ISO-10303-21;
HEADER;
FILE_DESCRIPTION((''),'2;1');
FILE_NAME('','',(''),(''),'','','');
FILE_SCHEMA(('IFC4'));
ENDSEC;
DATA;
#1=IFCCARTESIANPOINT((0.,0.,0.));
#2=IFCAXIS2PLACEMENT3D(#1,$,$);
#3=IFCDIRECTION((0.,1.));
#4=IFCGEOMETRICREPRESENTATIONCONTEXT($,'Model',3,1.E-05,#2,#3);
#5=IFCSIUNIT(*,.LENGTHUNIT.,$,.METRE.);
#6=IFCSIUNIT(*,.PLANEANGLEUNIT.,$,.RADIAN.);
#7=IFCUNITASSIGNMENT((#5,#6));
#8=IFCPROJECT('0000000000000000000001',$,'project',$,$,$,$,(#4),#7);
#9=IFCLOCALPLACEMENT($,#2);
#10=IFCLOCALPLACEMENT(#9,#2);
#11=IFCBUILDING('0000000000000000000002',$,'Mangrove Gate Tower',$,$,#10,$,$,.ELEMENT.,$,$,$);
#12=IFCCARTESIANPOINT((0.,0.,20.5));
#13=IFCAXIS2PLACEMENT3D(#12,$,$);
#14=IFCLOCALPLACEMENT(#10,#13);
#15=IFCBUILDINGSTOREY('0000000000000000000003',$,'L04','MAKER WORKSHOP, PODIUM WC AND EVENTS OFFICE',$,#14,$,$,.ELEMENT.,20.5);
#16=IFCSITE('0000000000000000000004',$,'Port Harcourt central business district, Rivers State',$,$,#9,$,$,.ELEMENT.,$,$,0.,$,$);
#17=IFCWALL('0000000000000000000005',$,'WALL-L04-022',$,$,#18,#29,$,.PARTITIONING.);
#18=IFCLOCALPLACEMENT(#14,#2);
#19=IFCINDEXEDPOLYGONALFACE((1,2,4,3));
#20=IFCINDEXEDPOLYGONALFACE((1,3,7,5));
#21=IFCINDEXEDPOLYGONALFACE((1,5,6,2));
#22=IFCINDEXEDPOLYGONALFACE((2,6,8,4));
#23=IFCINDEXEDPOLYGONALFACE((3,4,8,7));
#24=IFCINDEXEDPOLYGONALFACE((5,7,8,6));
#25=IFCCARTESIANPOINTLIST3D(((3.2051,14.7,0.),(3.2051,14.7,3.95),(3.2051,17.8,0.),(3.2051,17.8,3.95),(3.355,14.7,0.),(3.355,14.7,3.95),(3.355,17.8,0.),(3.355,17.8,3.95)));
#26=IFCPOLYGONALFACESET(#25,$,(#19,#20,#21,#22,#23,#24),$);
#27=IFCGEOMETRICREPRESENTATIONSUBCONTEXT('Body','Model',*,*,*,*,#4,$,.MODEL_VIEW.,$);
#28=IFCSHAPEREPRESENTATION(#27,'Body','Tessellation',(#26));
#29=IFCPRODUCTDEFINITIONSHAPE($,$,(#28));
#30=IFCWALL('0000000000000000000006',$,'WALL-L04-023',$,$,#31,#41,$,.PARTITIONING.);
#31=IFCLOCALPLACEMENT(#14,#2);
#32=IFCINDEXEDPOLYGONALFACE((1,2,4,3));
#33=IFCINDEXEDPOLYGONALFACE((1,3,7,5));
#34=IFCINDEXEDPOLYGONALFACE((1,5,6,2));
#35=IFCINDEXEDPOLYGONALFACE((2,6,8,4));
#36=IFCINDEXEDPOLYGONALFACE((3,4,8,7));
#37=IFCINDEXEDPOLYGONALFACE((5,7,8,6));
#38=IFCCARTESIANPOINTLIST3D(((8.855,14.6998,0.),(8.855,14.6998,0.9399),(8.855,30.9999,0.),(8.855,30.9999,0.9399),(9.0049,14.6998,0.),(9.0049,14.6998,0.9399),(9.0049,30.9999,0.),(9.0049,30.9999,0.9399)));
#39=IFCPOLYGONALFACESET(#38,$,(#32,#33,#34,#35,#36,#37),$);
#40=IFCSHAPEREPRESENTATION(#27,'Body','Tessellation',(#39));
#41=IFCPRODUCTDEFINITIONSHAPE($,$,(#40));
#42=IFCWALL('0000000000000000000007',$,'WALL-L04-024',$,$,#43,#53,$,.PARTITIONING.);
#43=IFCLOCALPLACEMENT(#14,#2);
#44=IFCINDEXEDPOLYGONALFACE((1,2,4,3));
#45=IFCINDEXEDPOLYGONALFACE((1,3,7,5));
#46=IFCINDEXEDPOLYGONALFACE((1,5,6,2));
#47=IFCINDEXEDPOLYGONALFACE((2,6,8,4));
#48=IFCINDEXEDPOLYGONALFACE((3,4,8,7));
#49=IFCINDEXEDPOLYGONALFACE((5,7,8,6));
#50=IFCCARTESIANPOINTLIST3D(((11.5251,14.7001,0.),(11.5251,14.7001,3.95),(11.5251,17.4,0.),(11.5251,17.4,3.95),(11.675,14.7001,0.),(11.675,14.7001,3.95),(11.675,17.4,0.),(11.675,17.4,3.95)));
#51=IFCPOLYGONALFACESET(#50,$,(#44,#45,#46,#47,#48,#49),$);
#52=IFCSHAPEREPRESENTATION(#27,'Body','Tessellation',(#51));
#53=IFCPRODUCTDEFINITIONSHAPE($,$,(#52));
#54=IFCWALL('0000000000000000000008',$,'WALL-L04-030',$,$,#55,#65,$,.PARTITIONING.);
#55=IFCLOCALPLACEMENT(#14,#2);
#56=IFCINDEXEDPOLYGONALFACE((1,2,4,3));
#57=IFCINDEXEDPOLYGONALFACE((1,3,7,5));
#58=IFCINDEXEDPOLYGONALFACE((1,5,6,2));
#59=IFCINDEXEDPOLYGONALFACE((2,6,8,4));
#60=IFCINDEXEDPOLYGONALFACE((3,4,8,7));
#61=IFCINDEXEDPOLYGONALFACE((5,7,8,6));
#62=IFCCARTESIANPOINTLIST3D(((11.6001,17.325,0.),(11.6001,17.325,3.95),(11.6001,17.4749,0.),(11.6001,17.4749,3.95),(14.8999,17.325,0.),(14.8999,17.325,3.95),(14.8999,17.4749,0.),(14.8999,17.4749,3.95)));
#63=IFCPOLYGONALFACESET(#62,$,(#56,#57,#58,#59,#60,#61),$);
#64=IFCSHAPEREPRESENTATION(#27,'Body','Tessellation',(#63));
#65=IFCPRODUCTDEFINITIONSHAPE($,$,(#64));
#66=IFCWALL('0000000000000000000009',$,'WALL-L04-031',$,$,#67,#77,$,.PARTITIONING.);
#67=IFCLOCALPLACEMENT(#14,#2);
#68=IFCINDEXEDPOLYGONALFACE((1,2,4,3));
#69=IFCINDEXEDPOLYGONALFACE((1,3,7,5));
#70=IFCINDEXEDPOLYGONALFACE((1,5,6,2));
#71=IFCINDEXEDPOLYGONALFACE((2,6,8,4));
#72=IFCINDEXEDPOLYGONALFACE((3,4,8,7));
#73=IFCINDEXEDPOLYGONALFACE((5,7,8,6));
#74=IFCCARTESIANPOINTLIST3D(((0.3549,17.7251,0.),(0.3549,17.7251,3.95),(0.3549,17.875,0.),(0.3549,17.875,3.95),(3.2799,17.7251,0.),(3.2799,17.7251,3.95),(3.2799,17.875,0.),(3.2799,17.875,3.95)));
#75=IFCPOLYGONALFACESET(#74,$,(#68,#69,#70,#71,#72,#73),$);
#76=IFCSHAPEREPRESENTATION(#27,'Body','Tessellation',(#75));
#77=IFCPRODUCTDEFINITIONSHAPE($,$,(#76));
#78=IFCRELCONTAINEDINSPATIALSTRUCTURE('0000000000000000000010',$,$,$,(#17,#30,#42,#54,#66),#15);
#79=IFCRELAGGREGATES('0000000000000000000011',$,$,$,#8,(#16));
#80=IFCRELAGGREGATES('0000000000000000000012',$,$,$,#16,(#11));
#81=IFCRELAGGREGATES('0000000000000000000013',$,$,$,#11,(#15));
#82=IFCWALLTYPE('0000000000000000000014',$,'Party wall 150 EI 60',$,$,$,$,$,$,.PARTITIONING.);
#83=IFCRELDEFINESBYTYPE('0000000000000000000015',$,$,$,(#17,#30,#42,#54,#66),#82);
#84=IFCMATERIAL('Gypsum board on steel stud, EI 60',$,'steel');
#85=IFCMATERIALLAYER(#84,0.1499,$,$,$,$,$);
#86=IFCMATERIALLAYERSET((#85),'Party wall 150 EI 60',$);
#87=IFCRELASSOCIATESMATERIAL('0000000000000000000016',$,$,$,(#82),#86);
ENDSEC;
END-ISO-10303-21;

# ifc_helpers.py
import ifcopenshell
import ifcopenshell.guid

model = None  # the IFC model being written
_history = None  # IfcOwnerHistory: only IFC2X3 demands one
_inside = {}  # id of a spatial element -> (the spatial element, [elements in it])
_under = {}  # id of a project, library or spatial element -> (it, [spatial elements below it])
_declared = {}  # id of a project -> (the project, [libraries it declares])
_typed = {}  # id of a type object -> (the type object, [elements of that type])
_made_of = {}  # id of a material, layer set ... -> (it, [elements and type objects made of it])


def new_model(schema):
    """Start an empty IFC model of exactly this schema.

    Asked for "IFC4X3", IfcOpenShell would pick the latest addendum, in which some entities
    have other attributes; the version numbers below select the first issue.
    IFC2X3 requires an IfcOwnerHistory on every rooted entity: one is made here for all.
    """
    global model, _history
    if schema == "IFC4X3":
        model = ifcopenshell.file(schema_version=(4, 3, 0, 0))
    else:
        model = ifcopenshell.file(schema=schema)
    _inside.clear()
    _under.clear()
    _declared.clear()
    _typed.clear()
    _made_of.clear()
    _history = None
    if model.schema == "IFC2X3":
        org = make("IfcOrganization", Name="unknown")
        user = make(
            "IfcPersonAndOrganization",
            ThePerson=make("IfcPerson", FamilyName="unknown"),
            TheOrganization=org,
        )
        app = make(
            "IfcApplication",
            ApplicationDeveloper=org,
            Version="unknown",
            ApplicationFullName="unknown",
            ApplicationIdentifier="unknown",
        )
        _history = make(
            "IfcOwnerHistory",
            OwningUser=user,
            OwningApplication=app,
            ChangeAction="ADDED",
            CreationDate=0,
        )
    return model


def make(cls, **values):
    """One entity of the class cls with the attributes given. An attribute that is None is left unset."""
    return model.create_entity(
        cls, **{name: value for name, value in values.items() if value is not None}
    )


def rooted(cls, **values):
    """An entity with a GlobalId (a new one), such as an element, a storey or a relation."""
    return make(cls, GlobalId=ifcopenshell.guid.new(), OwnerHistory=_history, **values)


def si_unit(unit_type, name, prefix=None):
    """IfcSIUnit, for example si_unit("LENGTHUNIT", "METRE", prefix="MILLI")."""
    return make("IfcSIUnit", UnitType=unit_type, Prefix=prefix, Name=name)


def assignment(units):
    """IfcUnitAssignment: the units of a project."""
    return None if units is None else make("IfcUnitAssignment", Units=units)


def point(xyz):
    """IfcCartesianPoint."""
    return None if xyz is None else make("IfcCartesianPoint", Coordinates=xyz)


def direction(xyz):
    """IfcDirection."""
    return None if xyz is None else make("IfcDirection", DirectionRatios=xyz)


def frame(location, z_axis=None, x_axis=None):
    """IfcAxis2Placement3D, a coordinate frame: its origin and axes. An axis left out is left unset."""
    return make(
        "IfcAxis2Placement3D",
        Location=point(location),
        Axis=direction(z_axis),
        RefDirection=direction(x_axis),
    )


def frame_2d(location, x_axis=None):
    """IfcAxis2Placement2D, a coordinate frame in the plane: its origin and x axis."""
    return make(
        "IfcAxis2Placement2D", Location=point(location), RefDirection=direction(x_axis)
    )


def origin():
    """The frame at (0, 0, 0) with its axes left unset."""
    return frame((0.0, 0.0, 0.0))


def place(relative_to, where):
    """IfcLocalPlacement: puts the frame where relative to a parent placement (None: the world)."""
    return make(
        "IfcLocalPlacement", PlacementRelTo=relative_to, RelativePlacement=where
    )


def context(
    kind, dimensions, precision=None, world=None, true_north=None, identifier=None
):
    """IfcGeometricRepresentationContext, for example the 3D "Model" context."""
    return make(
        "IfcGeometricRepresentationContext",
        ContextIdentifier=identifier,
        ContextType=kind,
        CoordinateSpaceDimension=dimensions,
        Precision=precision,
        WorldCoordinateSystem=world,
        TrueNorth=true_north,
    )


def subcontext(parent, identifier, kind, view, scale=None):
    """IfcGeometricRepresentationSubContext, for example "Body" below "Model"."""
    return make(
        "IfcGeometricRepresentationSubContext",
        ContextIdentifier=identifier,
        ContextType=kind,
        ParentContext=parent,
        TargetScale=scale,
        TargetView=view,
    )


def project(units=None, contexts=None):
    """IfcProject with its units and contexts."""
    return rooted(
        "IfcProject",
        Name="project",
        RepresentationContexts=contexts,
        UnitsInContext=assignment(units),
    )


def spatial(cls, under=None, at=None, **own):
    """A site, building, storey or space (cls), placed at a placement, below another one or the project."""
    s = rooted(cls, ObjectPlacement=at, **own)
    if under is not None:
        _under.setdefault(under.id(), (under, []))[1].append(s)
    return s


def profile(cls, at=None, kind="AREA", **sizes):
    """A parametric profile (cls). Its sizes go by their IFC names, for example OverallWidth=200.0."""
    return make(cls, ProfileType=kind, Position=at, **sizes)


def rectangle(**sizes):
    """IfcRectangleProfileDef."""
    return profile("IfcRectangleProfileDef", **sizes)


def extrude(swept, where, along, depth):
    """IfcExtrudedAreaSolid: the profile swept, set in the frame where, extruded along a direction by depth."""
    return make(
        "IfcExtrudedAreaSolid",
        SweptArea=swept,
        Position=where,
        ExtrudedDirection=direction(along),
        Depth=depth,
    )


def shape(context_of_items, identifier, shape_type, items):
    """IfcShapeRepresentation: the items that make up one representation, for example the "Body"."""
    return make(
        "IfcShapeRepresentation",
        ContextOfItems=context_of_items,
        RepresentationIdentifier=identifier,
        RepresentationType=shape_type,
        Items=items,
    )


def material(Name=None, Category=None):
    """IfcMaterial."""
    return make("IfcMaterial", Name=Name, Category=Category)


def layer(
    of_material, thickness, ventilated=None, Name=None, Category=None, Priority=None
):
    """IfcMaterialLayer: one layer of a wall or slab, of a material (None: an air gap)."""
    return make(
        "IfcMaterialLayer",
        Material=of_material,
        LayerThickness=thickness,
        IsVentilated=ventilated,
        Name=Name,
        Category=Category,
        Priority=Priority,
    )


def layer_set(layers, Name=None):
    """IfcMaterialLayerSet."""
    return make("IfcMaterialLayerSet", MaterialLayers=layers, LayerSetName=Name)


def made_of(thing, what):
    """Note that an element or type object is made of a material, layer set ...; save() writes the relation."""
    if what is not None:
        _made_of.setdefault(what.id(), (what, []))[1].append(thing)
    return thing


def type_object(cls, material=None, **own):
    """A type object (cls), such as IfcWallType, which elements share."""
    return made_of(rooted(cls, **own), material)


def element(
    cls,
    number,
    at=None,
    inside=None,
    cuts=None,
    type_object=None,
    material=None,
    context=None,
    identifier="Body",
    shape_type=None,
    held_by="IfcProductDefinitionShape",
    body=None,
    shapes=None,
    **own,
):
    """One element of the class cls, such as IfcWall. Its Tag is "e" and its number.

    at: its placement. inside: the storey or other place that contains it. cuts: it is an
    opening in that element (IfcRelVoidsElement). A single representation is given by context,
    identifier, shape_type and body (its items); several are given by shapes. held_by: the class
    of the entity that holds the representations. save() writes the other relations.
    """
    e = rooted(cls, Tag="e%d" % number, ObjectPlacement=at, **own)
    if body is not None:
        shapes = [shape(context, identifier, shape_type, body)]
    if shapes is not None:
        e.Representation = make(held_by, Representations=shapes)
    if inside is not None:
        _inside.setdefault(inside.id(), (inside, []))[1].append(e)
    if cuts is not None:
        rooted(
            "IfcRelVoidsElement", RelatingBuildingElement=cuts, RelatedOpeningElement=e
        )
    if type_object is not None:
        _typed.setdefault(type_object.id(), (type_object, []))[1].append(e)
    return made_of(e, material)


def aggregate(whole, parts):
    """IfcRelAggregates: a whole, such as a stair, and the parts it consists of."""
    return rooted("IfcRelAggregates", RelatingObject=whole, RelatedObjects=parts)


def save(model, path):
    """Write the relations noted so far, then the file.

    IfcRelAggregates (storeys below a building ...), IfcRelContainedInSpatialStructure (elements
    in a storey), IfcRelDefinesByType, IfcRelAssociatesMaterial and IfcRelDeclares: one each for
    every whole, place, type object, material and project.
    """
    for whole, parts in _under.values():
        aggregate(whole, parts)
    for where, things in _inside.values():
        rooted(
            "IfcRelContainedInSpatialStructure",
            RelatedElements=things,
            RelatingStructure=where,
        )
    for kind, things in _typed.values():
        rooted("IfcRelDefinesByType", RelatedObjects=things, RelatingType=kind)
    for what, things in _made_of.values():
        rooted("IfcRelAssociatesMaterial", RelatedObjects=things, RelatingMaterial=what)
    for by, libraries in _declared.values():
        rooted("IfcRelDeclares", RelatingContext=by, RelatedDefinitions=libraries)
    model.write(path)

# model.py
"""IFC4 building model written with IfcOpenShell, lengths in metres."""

from ifc_helpers import new_model, si_unit, direction, frame, frame_2d, origin, place, context, subcontext, project, spatial, rectangle, extrude, material, layer, layer_set, type_object, element, save


model = new_model("IFC4")

# Units and contexts
model_context = context("Model", 3, precision=1e-05, world=origin(), true_north=direction((0.0, 1.0)))
body_context = subcontext(model_context, "Body", "Model", "MODEL_VIEW")
ifc_project = project(units=[si_unit("LENGTHUNIT", "METRE"), si_unit("PLANEANGLEUNIT", "RADIAN")], contexts=[model_context])

# Site, building, storey
site_placement = place(None, origin())
site = spatial("IfcSite", under=ifc_project, at=site_placement, Name="Port Harcourt central business district, Rivers State", CompositionType="ELEMENT", RefElevation=0.0)
building_placement = place(site_placement, origin())
building = spatial("IfcBuilding", under=site, at=building_placement, Name="Mangrove Gate Tower", CompositionType="ELEMENT")
storey_placement = place(building_placement, frame((0.0, 0.0, 20.5)))
storey = spatial("IfcBuildingStorey", under=building, at=storey_placement, Name="L04", Description="MAKER WORKSHOP, PODIUM WC AND EVENTS OFFICE", CompositionType="ELEMENT", Elevation=20.5)

# Walls
ifc_material_1 = material(Name="Gypsum board on steel stud, EI 60", Category="steel")
ifc_layer_1 = layer(ifc_material_1, 0.1499)
ifc_layer_set_1 = layer_set([ifc_layer_1], Name="Party wall 150 EI 60")
wall_type_1 = type_object("IfcWallType", Name="Party wall 150 EI 60", PredefinedType="PARTITIONING", material=ifc_layer_set_1)
wall_1_placement = place(storey_placement, frame((3.28, 14.7, 0.0), z_axis=(0.0, 0.0, 1.0), x_axis=(0.0, 1.0, 0.0)))
element("IfcWall", 1, at=wall_1_placement, inside=storey, type_object=wall_type_1, Name="WALL-L04-022", PredefinedType="PARTITIONING", context=body_context, shape_type="SweptSolid", body=[
    extrude(rectangle(XDim=3.1001, YDim=0.1499, at=frame_2d((1.55, 0.0))), origin(), (0.0, 0.0, 1.0), 3.95),
])
wall_2_placement = place(storey_placement, frame((8.9299, 14.7, 0.0), z_axis=(0.0, 0.0, 1.0), x_axis=(0.0, 1.0, 0.0)))
element("IfcWall", 2, at=wall_2_placement, inside=storey, type_object=wall_type_1, Name="WALL-L04-023", PredefinedType="PARTITIONING", context=body_context, shape_type="SweptSolid", body=[
    extrude(rectangle(XDim=16.3, YDim=0.1499, at=frame_2d((8.1499, 0.0))), origin(), (0.0, 0.0, 1.0), 0.9399),
])
wall_3_placement = place(storey_placement, frame((11.6001, 14.7, 0.0), z_axis=(0.0, 0.0, 1.0), x_axis=(0.0, 1.0, 0.0)))
element("IfcWall", 3, at=wall_3_placement, inside=storey, type_object=wall_type_1, Name="WALL-L04-024", PredefinedType="PARTITIONING", context=body_context, shape_type="SweptSolid", body=[
    extrude(rectangle(XDim=2.7, YDim=0.1499, at=frame_2d((1.3501, 0.0))), origin(), (0.0, 0.0, 1.0), 3.95),
])
wall_4_placement = place(storey_placement, frame((11.6001, 17.3999, 0.0), z_axis=(0.0, 0.0, 1.0), x_axis=(1.0, 0.0, 0.0)))
element("IfcWall", 4, at=wall_4_placement, inside=storey, type_object=wall_type_1, Name="WALL-L04-030", PredefinedType="PARTITIONING", context=body_context, shape_type="SweptSolid", body=[
    extrude(rectangle(XDim=3.2998, YDim=0.1499, at=frame_2d((1.6499, 0.0))), origin(), (0.0, 0.0, 1.0), 3.95),
])
wall_5_placement = place(storey_placement, frame((0.355, 17.8, 0.0), z_axis=(0.0, 0.0, 1.0), x_axis=(1.0, 0.0, 0.0)))
element("IfcWall", 5, at=wall_5_placement, inside=storey, type_object=wall_type_1, Name="WALL-L04-031", PredefinedType="PARTITIONING", context=body_context, shape_type="SweptSolid", body=[
    extrude(rectangle(XDim=2.925, YDim=0.1499, at=frame_2d((1.4624, 0.0))), origin(), (0.0, 0.0, 1.0), 3.95),
])

save(model, "model.ifc")
